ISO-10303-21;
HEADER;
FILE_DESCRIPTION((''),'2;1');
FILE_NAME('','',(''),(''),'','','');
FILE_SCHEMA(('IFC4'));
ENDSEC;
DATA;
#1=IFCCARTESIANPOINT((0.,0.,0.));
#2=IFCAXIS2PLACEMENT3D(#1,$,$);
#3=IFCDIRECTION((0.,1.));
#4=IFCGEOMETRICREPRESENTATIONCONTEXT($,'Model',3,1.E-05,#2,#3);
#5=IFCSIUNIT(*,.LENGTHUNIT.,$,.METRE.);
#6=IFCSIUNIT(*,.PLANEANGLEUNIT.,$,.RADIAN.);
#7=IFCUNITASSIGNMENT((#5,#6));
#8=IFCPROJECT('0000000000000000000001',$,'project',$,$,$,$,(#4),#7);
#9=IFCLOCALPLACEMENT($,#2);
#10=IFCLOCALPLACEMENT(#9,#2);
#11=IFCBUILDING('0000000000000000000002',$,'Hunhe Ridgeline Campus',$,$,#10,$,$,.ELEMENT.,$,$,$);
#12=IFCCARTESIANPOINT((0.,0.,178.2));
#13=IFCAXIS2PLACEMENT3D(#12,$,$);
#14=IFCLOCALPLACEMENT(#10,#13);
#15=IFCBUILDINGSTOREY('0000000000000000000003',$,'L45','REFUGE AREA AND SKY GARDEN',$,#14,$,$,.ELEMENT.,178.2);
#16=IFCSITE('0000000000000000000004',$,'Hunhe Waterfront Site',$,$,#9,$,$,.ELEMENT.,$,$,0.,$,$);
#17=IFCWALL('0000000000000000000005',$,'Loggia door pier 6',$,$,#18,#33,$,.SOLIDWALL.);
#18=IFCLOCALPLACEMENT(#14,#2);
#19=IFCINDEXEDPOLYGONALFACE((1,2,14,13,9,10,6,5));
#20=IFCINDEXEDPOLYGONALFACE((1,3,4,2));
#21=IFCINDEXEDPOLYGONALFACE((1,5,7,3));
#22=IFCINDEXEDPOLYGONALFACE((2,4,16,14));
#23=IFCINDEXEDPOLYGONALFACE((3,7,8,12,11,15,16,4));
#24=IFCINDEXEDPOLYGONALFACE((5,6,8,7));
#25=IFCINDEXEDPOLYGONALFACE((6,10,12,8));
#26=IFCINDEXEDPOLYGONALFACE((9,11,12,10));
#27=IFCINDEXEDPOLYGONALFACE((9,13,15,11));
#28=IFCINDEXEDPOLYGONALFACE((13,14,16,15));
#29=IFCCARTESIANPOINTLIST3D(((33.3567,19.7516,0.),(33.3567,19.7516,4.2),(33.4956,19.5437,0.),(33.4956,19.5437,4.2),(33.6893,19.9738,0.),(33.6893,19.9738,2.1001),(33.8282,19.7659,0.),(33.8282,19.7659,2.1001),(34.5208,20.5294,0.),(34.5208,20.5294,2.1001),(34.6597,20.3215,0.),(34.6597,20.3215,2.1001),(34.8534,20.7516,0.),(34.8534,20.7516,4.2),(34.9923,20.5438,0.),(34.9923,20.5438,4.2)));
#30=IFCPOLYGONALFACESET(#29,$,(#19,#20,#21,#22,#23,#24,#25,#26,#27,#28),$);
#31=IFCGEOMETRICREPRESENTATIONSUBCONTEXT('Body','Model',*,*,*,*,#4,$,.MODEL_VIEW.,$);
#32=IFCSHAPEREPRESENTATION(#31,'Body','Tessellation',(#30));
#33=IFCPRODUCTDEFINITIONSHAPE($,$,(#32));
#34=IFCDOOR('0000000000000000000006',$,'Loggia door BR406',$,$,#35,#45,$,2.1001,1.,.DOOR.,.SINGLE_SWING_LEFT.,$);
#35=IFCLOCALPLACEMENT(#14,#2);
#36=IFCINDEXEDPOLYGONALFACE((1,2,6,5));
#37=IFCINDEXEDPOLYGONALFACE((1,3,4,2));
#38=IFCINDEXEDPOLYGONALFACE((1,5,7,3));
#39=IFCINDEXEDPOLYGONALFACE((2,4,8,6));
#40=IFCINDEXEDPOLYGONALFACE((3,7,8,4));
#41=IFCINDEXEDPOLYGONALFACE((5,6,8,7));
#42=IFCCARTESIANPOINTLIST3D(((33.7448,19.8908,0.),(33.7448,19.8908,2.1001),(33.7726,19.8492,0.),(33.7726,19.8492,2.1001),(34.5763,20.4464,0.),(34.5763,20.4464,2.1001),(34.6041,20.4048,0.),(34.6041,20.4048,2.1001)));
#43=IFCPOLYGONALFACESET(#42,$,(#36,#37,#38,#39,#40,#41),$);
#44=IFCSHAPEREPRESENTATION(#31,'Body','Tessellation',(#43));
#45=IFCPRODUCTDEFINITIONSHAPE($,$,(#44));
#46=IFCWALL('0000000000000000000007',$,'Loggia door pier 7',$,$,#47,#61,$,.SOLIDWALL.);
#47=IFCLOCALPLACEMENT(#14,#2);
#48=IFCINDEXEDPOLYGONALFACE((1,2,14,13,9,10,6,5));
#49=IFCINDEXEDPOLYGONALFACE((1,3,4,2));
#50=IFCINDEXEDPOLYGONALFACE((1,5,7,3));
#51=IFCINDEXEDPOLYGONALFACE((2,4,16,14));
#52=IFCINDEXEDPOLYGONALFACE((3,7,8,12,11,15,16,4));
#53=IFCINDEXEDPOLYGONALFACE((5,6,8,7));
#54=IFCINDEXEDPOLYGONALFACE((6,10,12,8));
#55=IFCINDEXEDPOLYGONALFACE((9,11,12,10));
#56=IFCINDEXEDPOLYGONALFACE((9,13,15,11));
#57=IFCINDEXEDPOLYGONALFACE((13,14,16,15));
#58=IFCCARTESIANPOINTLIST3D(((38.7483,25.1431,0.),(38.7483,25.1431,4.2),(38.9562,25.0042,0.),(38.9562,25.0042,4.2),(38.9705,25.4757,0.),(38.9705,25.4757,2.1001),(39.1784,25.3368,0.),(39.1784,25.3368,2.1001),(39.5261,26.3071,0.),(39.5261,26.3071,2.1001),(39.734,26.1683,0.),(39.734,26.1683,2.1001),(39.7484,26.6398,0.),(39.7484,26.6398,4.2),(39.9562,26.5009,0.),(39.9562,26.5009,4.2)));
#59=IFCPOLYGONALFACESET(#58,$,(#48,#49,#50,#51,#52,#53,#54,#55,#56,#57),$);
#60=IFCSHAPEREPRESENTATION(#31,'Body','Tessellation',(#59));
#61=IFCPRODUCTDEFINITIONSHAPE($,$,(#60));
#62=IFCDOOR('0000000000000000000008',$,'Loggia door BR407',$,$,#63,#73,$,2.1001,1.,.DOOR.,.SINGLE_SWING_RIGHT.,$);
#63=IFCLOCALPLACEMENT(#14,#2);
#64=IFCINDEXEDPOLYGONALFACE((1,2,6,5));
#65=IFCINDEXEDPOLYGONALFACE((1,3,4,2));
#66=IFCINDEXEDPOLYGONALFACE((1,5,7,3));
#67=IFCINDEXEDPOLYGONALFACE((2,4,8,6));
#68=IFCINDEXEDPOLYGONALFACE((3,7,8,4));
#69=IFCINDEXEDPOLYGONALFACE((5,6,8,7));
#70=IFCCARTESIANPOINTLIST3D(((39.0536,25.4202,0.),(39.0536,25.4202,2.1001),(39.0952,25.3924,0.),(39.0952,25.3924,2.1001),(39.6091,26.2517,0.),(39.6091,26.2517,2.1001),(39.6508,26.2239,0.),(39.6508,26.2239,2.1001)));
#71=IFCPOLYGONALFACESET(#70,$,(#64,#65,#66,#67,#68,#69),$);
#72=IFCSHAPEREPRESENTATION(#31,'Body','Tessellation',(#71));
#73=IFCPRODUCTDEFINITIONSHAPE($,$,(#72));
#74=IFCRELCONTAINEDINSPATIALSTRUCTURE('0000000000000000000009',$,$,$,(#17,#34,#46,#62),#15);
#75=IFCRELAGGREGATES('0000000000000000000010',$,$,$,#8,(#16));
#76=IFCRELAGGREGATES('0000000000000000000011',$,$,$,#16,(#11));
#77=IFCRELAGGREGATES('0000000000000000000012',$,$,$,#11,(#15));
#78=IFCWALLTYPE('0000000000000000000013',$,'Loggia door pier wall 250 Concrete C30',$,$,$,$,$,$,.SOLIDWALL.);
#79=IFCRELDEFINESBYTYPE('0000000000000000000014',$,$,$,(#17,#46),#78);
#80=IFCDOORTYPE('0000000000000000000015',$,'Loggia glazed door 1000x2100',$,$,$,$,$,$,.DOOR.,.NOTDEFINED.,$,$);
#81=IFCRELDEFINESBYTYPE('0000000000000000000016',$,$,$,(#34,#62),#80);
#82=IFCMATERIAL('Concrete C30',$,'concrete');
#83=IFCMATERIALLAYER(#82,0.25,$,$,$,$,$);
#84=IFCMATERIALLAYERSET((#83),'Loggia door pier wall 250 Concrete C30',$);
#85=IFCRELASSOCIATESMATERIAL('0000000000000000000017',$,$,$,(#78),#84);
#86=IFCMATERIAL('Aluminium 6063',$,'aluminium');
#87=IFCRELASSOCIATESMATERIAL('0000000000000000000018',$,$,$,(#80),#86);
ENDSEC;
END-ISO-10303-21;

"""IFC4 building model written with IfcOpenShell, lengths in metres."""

from ifc_helpers import new_model, si_unit, direction, frame, frame_2d, origin, place, context, subcontext, project, spatial, rectangle, extrude, material, layer, layer_set, type_object, element, fill, save


model = new_model("IFC4")

# Units and contexts
model_context = context("Model", 3, precision=1e-05, world=origin(), true_north=direction((0.0, 1.0)))
body_context = subcontext(model_context, "Body", "Model", "MODEL_VIEW")
ifc_project = project(units=[si_unit("LENGTHUNIT", "METRE"), si_unit("PLANEANGLEUNIT", "RADIAN")], contexts=[model_context])

# Site, building, storey
site_placement = place(None, origin())
site = spatial("IfcSite", under=ifc_project, at=site_placement, Name="Hunhe Waterfront Site", CompositionType="ELEMENT", RefElevation=0.0)
building_placement = place(site_placement, origin())
building = spatial("IfcBuilding", under=site, at=building_placement, Name="Hunhe Ridgeline Campus", CompositionType="ELEMENT")
storey_placement = place(building_placement, frame((0.0, 0.0, 178.2)))
storey = spatial("IfcBuildingStorey", under=building, at=storey_placement, Name="L45", Description="REFUGE AREA AND SKY GARDEN", CompositionType="ELEMENT", Elevation=178.2)

# Shared definitions
ifc_material_1 = material(Name="Aluminium 6063", Category="aluminium")

# Walls, openings, doors
ifc_material_2 = material(Name="Concrete C30", Category="concrete")
ifc_layer_1 = layer(ifc_material_2, 0.25)
ifc_layer_set_1 = layer_set([ifc_layer_1], Name="Loggia door pier wall 250 Concrete C30")
wall_type_1 = type_object("IfcWallType", Name="Loggia door pier wall 250 Concrete C30", PredefinedType="SOLIDWALL", material=ifc_layer_set_1)
wall_1_placement = place(storey_placement, frame((33.4263, 19.6477, 0.0), z_axis=(0.0, 0.0, 1.0), x_axis=(0.831466, 0.555576, 0.0)))
wall_1 = element("IfcWall", 1, at=wall_1_placement, inside=storey, type_object=wall_type_1, Name="Loggia door pier 6", PredefinedType="SOLIDWALL", context=body_context, shape_type="SweptSolid", body=[
    extrude(rectangle(XDim=1.8, YDim=0.25, at=frame_2d((0.8999, 0.0))), origin(), (0.0, 0.0, 1.0), 4.2),
])
opening_1_placement = place(wall_1_placement, frame((0.3999, 0.0, 0.0)))
opening_1 = element("IfcOpeningElement", 2, at=opening_1_placement, cuts=wall_1, PredefinedType="OPENING", context=body_context, shape_type="SweptSolid", body=[
    extrude(rectangle(XDim=1.0, YDim=2.1001, at=frame_2d((0.5, 1.05))), frame((0.0, 0.125, 0.0), z_axis=(0.0, -1.0, 0.0), x_axis=(1.0, 0.0, 0.0)), (0.0, 0.0, 1.0), 0.25),
])
door_type = type_object("IfcDoorType", Name="Loggia glazed door 1000x2100", OperationType="NOTDEFINED", PredefinedType="DOOR", material=ifc_material_1)
door_1_placement = place(opening_1_placement, frame((1.0, 0.0, 0.0), z_axis=(0.0, 0.0, 1.0), x_axis=(-1.0, 0.0, 0.0)))
door_1 = element("IfcDoor", 3, at=door_1_placement, inside=storey, type_object=door_type, Name="Loggia door BR406", OperationType="SINGLE_SWING_LEFT", OverallHeight=2.1001, OverallWidth=1.0, PredefinedType="DOOR", context=body_context, shape_type="SweptSolid", body=[
    extrude(rectangle(XDim=1.0, YDim=2.1001, at=frame_2d((0.5, 1.05))), frame((0.0, 0.0249, 0.0), z_axis=(0.0, -1.0, 0.0), x_axis=(1.0, 0.0, 0.0)), (0.0, 0.0, 1.0), 0.05),
])
fill(opening_1, door_1)
wall_2_placement = place(storey_placement, frame((38.8523, 25.0737, 0.0), z_axis=(0.0, 0.0, 1.0), x_axis=(0.555576, 0.831466, 0.0)))
wall_2 = element("IfcWall", 4, at=wall_2_placement, inside=storey, type_object=wall_type_1, Name="Loggia door pier 7", PredefinedType="SOLIDWALL", context=body_context, shape_type="SweptSolid", body=[
    extrude(rectangle(XDim=1.8, YDim=0.25, at=frame_2d((0.8999, 0.0))), origin(), (0.0, 0.0, 1.0), 4.2),
])
opening_2_placement = place(wall_2_placement, frame((0.3999, 0.0, 0.0)))
opening_2 = element("IfcOpeningElement", 5, at=opening_2_placement, cuts=wall_2, PredefinedType="OPENING", context=body_context, shape_type="SweptSolid", body=[
    extrude(rectangle(XDim=1.0, YDim=2.1001, at=frame_2d((0.5, 1.05))), frame((0.0, 0.125, 0.0), z_axis=(0.0, -1.0, 0.0), x_axis=(1.0, 0.0, 0.0)), (0.0, 0.0, 1.0), 0.25),
])
door_2_placement = place(opening_2_placement, frame((1.0, 0.0, 0.0), z_axis=(0.0, 0.0, 1.0), x_axis=(-1.0, 0.0, 0.0)))
door_2 = element("IfcDoor", 6, at=door_2_placement, inside=storey, type_object=door_type, Name="Loggia door BR407", OperationType="SINGLE_SWING_RIGHT", OverallHeight=2.1001, OverallWidth=1.0, PredefinedType="DOOR", context=body_context, shape_type="SweptSolid", body=[
    extrude(rectangle(XDim=1.0, YDim=2.1001, at=frame_2d((0.5, 1.05))), frame((0.0, 0.0249, 0.0), z_axis=(0.0, -1.0, 0.0), x_axis=(1.0, 0.0, 0.0)), (0.0, 0.0, 1.0), 0.05),
])
fill(opening_2, door_2)

save(model, "model.ifc")
